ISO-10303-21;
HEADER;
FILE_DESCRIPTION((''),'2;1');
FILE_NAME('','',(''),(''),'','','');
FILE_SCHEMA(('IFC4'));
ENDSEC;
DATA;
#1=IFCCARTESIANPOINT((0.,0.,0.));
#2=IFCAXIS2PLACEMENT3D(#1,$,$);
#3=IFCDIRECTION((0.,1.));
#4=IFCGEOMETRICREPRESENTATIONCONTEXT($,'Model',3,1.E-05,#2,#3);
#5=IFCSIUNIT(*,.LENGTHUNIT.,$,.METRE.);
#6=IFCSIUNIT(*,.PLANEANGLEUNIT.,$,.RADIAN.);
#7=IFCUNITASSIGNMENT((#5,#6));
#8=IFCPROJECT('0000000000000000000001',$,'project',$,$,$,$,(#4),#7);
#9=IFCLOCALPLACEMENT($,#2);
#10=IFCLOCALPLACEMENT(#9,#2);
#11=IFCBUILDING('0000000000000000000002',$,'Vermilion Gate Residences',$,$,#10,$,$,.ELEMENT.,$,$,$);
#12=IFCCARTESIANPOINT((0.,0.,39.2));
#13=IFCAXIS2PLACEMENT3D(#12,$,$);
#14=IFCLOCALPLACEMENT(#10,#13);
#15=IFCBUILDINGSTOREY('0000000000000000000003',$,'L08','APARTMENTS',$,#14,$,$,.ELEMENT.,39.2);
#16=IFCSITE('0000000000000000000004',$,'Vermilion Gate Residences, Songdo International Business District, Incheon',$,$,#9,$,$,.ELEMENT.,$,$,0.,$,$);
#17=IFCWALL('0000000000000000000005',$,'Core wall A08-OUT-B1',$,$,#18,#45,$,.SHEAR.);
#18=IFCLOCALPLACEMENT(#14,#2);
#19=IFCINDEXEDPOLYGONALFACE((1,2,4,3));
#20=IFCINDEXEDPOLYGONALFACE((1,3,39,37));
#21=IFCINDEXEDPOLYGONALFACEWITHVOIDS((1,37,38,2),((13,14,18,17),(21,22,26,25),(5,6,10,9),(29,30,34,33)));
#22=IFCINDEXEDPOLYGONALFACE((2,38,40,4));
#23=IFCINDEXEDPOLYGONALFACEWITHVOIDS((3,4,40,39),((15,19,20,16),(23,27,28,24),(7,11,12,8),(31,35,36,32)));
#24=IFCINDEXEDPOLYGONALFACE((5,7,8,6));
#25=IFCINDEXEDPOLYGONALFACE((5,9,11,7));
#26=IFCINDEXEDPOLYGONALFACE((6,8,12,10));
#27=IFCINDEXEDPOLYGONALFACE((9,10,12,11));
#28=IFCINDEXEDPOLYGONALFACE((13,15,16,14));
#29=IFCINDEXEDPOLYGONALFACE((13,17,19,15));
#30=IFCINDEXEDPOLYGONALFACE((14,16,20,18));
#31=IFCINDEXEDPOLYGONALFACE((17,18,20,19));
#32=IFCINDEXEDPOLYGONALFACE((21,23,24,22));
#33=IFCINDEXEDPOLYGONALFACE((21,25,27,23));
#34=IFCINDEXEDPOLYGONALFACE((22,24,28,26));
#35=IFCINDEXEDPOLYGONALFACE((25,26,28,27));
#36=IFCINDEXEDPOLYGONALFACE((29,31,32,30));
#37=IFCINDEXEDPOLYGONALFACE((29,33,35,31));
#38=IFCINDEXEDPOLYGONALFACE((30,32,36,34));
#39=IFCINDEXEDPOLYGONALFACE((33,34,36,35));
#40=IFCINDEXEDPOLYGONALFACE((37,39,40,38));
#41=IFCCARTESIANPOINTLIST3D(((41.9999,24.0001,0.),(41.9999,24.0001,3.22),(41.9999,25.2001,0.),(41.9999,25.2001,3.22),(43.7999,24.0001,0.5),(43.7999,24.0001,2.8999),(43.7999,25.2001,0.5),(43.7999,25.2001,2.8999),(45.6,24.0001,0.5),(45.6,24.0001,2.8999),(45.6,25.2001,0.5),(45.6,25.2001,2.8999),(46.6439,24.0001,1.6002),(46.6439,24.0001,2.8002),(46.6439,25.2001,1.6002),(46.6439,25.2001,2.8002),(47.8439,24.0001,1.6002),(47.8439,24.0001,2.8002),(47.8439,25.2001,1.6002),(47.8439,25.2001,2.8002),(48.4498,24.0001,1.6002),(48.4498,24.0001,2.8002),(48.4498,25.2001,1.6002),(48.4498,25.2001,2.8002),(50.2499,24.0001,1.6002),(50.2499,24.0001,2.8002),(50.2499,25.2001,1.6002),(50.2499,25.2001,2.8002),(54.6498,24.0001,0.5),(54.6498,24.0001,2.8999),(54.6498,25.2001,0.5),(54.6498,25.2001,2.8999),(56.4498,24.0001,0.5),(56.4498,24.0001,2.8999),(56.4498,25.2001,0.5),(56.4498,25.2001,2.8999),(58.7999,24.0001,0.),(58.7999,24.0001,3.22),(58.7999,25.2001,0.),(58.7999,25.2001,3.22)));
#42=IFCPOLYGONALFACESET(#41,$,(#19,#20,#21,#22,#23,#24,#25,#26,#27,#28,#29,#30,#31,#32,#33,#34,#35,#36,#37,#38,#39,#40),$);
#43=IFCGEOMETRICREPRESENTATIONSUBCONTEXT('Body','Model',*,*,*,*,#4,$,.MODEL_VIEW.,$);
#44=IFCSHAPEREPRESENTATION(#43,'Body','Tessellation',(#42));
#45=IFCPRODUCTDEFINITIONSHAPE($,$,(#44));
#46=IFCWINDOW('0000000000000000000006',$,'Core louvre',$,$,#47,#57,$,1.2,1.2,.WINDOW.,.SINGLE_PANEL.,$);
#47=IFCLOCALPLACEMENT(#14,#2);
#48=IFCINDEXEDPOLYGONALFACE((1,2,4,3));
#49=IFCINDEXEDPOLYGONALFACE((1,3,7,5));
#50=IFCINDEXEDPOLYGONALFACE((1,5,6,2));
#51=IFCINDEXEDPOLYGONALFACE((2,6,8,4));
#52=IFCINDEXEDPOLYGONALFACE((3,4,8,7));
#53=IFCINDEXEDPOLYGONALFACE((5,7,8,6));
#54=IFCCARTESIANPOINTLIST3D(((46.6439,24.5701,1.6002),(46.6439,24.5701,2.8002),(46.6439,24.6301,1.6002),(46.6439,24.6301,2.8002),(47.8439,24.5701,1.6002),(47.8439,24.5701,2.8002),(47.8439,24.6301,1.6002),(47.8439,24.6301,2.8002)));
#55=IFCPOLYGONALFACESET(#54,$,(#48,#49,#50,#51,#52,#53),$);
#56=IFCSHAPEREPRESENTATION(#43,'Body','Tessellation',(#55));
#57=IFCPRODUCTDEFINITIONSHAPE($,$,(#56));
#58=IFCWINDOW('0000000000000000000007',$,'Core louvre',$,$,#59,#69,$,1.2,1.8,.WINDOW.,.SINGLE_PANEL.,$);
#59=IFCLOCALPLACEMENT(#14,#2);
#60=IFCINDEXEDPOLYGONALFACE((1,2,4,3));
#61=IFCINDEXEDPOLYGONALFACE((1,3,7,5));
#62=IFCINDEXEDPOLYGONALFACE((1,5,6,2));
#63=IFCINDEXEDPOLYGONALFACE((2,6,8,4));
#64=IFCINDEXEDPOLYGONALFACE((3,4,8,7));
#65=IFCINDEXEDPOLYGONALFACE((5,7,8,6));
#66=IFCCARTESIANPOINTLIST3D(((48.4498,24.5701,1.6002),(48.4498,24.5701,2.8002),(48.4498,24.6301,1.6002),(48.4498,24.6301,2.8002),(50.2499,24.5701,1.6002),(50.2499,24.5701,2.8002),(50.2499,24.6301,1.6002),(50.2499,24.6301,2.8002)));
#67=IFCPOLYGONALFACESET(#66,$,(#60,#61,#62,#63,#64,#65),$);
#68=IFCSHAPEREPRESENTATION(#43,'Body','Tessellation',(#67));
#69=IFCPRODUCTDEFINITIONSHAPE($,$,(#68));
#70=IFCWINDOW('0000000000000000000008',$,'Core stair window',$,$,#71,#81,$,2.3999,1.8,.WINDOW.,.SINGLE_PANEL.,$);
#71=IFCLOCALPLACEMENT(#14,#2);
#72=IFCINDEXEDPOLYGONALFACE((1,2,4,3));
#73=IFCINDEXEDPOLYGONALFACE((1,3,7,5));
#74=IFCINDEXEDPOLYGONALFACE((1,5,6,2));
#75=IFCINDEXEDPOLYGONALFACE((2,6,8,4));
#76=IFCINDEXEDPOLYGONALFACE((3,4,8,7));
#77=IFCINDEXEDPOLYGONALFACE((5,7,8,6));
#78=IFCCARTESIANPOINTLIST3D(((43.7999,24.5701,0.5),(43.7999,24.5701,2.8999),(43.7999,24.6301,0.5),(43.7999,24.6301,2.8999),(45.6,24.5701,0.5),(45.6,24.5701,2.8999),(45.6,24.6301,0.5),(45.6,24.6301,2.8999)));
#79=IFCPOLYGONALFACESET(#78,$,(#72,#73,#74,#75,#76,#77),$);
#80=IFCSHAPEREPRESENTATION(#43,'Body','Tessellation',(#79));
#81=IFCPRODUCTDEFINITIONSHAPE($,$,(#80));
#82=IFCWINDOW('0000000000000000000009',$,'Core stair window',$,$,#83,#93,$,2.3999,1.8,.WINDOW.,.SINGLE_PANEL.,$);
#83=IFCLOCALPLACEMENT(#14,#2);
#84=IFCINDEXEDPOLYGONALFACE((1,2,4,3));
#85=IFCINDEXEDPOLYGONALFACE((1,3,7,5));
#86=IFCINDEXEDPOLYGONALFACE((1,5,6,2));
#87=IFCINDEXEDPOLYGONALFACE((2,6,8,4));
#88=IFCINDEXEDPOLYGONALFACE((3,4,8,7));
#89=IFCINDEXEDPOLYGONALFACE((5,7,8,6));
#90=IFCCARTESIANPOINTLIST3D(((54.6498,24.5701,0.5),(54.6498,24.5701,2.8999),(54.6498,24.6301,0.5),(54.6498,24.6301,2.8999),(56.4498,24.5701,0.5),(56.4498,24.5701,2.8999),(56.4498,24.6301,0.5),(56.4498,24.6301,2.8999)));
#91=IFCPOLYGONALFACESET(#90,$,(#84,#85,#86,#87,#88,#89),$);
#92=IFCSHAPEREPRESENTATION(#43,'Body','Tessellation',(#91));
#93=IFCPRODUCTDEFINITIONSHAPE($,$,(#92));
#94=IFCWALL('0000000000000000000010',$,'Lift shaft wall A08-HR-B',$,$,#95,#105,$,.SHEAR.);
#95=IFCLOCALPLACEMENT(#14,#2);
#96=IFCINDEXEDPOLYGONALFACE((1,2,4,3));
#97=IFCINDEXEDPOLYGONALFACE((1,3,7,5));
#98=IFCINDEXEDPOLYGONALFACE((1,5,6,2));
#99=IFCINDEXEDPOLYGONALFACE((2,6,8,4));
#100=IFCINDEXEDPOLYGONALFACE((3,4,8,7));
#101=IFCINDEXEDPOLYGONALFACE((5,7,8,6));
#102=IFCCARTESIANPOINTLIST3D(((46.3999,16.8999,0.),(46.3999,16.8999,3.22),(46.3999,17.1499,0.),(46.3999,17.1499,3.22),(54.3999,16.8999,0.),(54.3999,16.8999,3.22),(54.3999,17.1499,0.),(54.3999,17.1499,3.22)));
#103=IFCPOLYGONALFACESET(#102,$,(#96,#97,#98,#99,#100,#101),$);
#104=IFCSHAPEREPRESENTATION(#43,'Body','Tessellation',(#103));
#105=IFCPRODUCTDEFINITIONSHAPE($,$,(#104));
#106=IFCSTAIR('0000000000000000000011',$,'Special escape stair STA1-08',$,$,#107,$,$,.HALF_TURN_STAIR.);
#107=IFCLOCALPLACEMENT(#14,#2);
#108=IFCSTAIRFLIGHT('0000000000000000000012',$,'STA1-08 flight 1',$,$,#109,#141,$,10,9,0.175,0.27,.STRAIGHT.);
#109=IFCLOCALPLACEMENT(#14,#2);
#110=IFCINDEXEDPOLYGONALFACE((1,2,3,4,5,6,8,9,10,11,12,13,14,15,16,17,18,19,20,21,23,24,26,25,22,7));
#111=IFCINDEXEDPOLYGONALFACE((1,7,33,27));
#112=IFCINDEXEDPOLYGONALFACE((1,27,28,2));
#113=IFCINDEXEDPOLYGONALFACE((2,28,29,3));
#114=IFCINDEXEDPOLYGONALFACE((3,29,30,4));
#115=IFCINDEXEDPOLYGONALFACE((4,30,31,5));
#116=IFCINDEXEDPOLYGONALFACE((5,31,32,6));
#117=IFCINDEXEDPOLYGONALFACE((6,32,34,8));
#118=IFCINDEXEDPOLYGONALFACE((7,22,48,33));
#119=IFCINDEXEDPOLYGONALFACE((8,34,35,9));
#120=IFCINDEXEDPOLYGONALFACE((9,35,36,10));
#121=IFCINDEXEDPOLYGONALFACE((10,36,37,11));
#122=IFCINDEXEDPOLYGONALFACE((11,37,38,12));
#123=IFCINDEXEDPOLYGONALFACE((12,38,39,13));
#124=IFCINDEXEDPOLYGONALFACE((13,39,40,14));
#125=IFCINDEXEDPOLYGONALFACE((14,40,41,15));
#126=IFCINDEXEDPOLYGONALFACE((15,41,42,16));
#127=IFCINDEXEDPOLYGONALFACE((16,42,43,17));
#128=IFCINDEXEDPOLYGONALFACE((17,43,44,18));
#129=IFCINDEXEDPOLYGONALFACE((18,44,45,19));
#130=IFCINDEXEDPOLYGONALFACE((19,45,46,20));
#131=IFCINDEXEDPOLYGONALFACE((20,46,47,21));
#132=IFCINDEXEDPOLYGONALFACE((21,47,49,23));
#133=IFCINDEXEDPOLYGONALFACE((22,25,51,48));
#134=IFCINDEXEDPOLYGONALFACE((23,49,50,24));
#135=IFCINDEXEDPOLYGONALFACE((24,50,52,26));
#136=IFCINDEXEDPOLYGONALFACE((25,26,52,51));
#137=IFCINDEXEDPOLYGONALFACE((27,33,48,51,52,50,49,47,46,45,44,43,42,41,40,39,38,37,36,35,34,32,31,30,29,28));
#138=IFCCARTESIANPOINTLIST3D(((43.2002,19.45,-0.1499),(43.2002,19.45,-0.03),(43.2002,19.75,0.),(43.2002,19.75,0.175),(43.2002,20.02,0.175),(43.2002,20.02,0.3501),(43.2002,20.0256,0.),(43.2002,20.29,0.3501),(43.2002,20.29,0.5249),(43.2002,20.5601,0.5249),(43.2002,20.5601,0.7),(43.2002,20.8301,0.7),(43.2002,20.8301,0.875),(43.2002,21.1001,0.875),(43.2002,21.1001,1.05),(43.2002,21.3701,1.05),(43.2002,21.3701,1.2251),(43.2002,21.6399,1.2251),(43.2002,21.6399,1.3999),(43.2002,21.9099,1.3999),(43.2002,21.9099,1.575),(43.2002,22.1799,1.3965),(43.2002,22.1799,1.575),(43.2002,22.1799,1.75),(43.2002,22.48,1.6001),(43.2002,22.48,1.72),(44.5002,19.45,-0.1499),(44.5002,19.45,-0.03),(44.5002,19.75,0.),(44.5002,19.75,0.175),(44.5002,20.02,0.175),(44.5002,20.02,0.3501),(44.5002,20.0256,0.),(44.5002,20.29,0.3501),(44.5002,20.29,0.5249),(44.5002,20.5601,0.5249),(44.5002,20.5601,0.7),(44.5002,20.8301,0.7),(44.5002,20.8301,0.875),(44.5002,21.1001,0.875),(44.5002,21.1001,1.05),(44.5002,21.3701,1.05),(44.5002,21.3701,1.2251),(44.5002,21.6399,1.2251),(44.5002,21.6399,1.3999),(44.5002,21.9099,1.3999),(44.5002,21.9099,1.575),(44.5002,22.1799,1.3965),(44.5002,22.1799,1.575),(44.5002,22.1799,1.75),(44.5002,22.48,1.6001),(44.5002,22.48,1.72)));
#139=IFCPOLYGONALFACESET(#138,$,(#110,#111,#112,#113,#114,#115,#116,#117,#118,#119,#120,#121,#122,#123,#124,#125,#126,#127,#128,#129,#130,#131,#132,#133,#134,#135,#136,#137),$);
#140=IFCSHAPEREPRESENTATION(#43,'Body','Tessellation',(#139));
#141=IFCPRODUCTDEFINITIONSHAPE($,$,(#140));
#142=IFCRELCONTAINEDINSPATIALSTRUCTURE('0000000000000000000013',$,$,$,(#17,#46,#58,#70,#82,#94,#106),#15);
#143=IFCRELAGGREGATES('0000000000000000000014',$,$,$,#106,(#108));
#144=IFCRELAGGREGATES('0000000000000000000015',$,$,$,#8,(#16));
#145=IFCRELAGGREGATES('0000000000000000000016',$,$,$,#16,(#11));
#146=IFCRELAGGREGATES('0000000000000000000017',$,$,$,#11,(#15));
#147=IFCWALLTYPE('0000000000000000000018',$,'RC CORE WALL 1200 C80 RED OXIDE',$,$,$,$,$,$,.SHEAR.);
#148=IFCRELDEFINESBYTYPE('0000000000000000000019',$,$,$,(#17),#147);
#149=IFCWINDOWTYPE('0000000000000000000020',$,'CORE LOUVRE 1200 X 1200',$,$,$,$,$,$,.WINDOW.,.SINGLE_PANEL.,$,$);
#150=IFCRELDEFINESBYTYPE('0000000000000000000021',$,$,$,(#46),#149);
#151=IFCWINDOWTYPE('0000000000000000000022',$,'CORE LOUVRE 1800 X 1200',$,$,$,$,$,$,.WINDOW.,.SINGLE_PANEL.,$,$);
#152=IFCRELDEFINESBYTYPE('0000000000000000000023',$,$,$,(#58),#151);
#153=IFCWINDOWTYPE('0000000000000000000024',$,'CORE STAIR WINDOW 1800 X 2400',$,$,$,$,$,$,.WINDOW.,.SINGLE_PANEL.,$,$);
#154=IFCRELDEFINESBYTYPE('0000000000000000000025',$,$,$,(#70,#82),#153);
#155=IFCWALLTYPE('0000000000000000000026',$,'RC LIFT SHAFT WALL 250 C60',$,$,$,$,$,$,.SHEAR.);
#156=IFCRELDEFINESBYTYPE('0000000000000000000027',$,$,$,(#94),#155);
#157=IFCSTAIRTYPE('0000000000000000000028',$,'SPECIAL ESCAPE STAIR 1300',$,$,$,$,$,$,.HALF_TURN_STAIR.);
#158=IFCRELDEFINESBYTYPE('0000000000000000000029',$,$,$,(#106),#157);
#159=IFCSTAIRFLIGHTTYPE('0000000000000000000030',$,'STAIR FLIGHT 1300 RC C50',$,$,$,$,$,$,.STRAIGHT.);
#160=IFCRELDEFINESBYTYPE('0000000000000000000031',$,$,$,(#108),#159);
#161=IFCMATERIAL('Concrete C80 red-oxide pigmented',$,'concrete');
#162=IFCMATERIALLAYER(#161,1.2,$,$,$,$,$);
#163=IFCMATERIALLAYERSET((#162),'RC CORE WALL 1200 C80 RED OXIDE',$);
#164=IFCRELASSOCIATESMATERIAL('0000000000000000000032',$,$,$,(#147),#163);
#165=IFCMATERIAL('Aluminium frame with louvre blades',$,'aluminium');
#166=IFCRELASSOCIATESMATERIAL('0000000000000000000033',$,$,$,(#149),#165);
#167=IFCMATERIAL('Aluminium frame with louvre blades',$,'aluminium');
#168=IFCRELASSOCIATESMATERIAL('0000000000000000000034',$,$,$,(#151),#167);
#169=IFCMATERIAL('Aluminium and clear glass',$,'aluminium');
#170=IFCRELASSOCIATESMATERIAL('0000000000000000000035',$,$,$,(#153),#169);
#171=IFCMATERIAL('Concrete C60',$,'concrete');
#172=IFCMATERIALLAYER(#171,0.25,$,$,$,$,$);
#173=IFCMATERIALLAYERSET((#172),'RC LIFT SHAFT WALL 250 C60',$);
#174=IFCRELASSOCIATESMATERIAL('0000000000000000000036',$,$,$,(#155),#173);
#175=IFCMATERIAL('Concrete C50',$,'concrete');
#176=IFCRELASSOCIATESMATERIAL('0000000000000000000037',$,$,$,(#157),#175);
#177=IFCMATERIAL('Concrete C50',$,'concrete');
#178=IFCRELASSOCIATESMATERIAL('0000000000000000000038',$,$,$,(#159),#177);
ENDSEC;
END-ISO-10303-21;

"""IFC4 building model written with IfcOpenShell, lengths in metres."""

from ifc_helpers import new_model, si_unit, direction, frame, frame_2d, origin, place, context, subcontext, project, spatial, polyline, rectangle, outline, extrude, material, layer, layer_set, type_object, element, fill, aggregate, save


model = new_model("IFC4")

# Units and contexts
model_context = context("Model", 3, precision=1e-05, world=origin(), true_north=direction((0.0, 1.0)))
body_context = subcontext(model_context, "Body", "Model", "MODEL_VIEW")
ifc_project = project(units=[si_unit("LENGTHUNIT", "METRE"), si_unit("PLANEANGLEUNIT", "RADIAN")], contexts=[model_context])

# Site, building, storey
site_placement = place(None, origin())
site = spatial("IfcSite", under=ifc_project, at=site_placement, Name="Vermilion Gate Residences, Songdo International Business District, Incheon", CompositionType="ELEMENT", RefElevation=0.0)
building_placement = place(site_placement, origin())
building = spatial("IfcBuilding", under=site, at=building_placement, Name="Vermilion Gate Residences", CompositionType="ELEMENT")
storey_placement = place(building_placement, frame((0.0, 0.0, 39.2)))
storey = spatial("IfcBuildingStorey", under=building, at=storey_placement, Name="L08", Description="APARTMENTS", CompositionType="ELEMENT", Elevation=39.2)

# Wall, openings, windows
ifc_material_1 = material(Name="Concrete C80 red-oxide pigmented", Category="concrete")
ifc_layer_1 = layer(ifc_material_1, 1.2)
ifc_layer_set_1 = layer_set([ifc_layer_1], Name="RC CORE WALL 1200 C80 RED OXIDE")
wall_type_1 = type_object("IfcWallType", Name="RC CORE WALL 1200 C80 RED OXIDE", PredefinedType="SHEAR", material=ifc_layer_set_1)
wall_1_placement = place(storey_placement, frame((42.0, 24.6001, 0.0), z_axis=(0.0, 0.0, 1.0), x_axis=(1.0, 0.0, 0.0)))
wall_1 = element("IfcWall", 1, at=wall_1_placement, inside=storey, type_object=wall_type_1, Name="Core wall A08-OUT-B1", PredefinedType="SHEAR", context=body_context, shape_type="SweptSolid", body=[
    extrude(rectangle(XDim=16.8, YDim=1.2, at=frame_2d((8.3999, 0.0))), origin(), (0.0, 0.0, 1.0), 3.22),
])
opening_1_placement = place(wall_1_placement, frame((1.8, 0.0, 0.5)))
opening_1 = element("IfcOpeningElement", 2, at=opening_1_placement, cuts=wall_1, PredefinedType="OPENING", context=body_context, shape_type="SweptSolid", body=[
    extrude(rectangle(XDim=1.8, YDim=2.3999, at=frame_2d((0.8999, 1.2))), frame((0.0, 0.6099, 0.0), z_axis=(0.0, -1.0, 0.0), x_axis=(1.0, 0.0, 0.0)), (0.0, 0.0, 1.0), 1.22),
])
opening_2_placement = place(wall_1_placement, frame((4.6438, 0.0, 1.6001)))
opening_2 = element("IfcOpeningElement", 3, at=opening_2_placement, cuts=wall_1, PredefinedType="OPENING", context=body_context, shape_type="SweptSolid", body=[
    extrude(rectangle(XDim=1.2, YDim=1.2, at=frame_2d((0.6001, 0.6001))), frame((0.0, 0.6099, 0.0), z_axis=(0.0, -1.0, 0.0), x_axis=(1.0, 0.0, 0.0)), (0.0, 0.0, 1.0), 1.22),
])
opening_3_placement = place(wall_1_placement, frame((6.45, 0.0, 1.6001)))
opening_3 = element("IfcOpeningElement", 4, at=opening_3_placement, cuts=wall_1, PredefinedType="OPENING", context=body_context, shape_type="SweptSolid", body=[
    extrude(rectangle(XDim=1.8, YDim=1.2, at=frame_2d((0.8999, 0.6001))), frame((0.0, 0.6099, 0.0), z_axis=(0.0, -1.0, 0.0), x_axis=(1.0, 0.0, 0.0)), (0.0, 0.0, 1.0), 1.22),
])
opening_4_placement = place(wall_1_placement, frame((12.6499, 0.0, 0.5)))
opening_4 = element("IfcOpeningElement", 5, at=opening_4_placement, cuts=wall_1, PredefinedType="OPENING", context=body_context, shape_type="SweptSolid", body=[
    extrude(rectangle(XDim=1.8, YDim=2.3999, at=frame_2d((0.8999, 1.2))), frame((0.0, 0.6099, 0.0), z_axis=(0.0, -1.0, 0.0), x_axis=(1.0, 0.0, 0.0)), (0.0, 0.0, 1.0), 1.22),
])
ifc_material_2 = material(Name="Aluminium frame with louvre blades", Category="aluminium")
window_type_1 = type_object("IfcWindowType", Name="CORE LOUVRE 1200 X 1200", PartitioningType="SINGLE_PANEL", PredefinedType="WINDOW", material=ifc_material_2)
window_1_placement = place(opening_2_placement, origin())
window_1 = element("IfcWindow", 6, at=window_1_placement, inside=storey, type_object=window_type_1, Name="Core louvre", OverallHeight=1.2, OverallWidth=1.2, PartitioningType="SINGLE_PANEL", PredefinedType="WINDOW", context=body_context, shape_type="SweptSolid", body=[
    extrude(rectangle(XDim=1.2, YDim=1.2, at=frame_2d((0.6001, 0.6001))), frame((0.0, 0.03, 0.0), z_axis=(0.0, -1.0, 0.0), x_axis=(1.0, 0.0, 0.0)), (0.0, 0.0, 1.0), 0.0601),
])
fill(opening_2, window_1)
ifc_material_3 = material(Name="Aluminium frame with louvre blades", Category="aluminium")
window_type_2 = type_object("IfcWindowType", Name="CORE LOUVRE 1800 X 1200", PartitioningType="SINGLE_PANEL", PredefinedType="WINDOW", material=ifc_material_3)
window_2_placement = place(opening_3_placement, origin())
window_2 = element("IfcWindow", 7, at=window_2_placement, inside=storey, type_object=window_type_2, Name="Core louvre", OverallHeight=1.2, OverallWidth=1.8, PartitioningType="SINGLE_PANEL", PredefinedType="WINDOW", context=body_context, shape_type="SweptSolid", body=[
    extrude(rectangle(XDim=1.8, YDim=1.2, at=frame_2d((0.8999, 0.6001))), frame((0.0, 0.03, 0.0), z_axis=(0.0, -1.0, 0.0), x_axis=(1.0, 0.0, 0.0)), (0.0, 0.0, 1.0), 0.0601),
])
fill(opening_3, window_2)
ifc_material_4 = material(Name="Aluminium and clear glass", Category="aluminium")
window_type_3 = type_object("IfcWindowType", Name="CORE STAIR WINDOW 1800 X 2400", PartitioningType="SINGLE_PANEL", PredefinedType="WINDOW", material=ifc_material_4)
window_3_placement = place(opening_1_placement, origin())
window_3 = element("IfcWindow", 8, at=window_3_placement, inside=storey, type_object=window_type_3, Name="Core stair window", OverallHeight=2.3999, OverallWidth=1.8, PartitioningType="SINGLE_PANEL", PredefinedType="WINDOW", context=body_context, shape_type="SweptSolid", body=[
    extrude(rectangle(XDim=1.8, YDim=2.3999, at=frame_2d((0.8999, 1.2))), frame((0.0, 0.03, 0.0), z_axis=(0.0, -1.0, 0.0), x_axis=(1.0, 0.0, 0.0)), (0.0, 0.0, 1.0), 0.0601),
])
fill(opening_1, window_3)
window_4_placement = place(opening_4_placement, origin())
window_4 = element("IfcWindow", 9, at=window_4_placement, inside=storey, type_object=window_type_3, Name="Core stair window", OverallHeight=2.3999, OverallWidth=1.8, PartitioningType="SINGLE_PANEL", PredefinedType="WINDOW", context=body_context, shape_type="SweptSolid", body=[
    extrude(rectangle(XDim=1.8, YDim=2.3999, at=frame_2d((0.8999, 1.2))), frame((0.0, 0.03, 0.0), z_axis=(0.0, -1.0, 0.0), x_axis=(1.0, 0.0, 0.0)), (0.0, 0.0, 1.0), 0.0601),
])
fill(opening_4, window_4)

# Wall
ifc_material_5 = material(Name="Concrete C60", Category="concrete")
ifc_layer_2 = layer(ifc_material_5, 0.25)
ifc_layer_set_2 = layer_set([ifc_layer_2], Name="RC LIFT SHAFT WALL 250 C60")
wall_type_2 = type_object("IfcWallType", Name="RC LIFT SHAFT WALL 250 C60", PredefinedType="SHEAR", material=ifc_layer_set_2)
wall_2_placement = place(storey_placement, frame((46.3999, 17.0249, 0.0), z_axis=(0.0, 0.0, 1.0), x_axis=(1.0, 0.0, 0.0)))
element("IfcWall", 10, at=wall_2_placement, inside=storey, type_object=wall_type_2, Name="Lift shaft wall A08-HR-B", PredefinedType="SHEAR", context=body_context, shape_type="SweptSolid", body=[
    extrude(rectangle(XDim=8.0, YDim=0.25, at=frame_2d((4.0, 0.0))), origin(), (0.0, 0.0, 1.0), 3.22),
])

# Stair, stair flight
ifc_material_6 = material(Name="Concrete C50", Category="concrete")
stair_type = type_object("IfcStairType", Name="SPECIAL ESCAPE STAIR 1300", PredefinedType="HALF_TURN_STAIR", material=ifc_material_6)
stair_placement = place(storey_placement, origin())
stair = element("IfcStair", 11, at=stair_placement, inside=storey, type_object=stair_type, Name="Special escape stair STA1-08", PredefinedType="HALF_TURN_STAIR")
ifc_material_7 = material(Name="Concrete C50", Category="concrete")
stair_flight_type = type_object("IfcStairFlightType", Name="STAIR FLIGHT 1300 RC C50", PredefinedType="STRAIGHT", material=ifc_material_7)
stair_flight_1_placement = place(storey_placement, frame((43.8501, 19.75, 0.0), z_axis=(0.0, 0.0, 1.0), x_axis=(0.0, 1.0, 0.0)))
stair_flight_1 = element("IfcStairFlight", 12, at=stair_flight_1_placement, type_object=stair_flight_type, Name="STA1-08 flight 1", NumberOfRisers=10, NumberOfTreads=9, PredefinedType="STRAIGHT", RiserHeight=0.175, TreadLength=0.27, context=body_context, shape_type="SweptSolid", body=[
    extrude(outline(polyline([(-0.3, -0.1499), (-0.3, -0.03), (0.0, 0.0), (0.0, 0.175), (0.27, 0.175), (0.27, 0.3501), (0.54, 0.3501), (0.54, 0.5249), (0.8101, 0.5249), (0.8101, 0.7), (1.0801, 0.7), (1.0801, 0.875), (1.3501, 0.875), (1.3501, 1.05), (1.6201, 1.05), (1.6201, 1.2251), (1.8899, 1.2251), (1.8899, 1.3999), (2.1599, 1.3999), (2.1599, 1.575), (2.4299, 1.575), (2.4299, 1.75), (2.73, 1.72), (2.73, 1.6001), (2.4299, 1.3965), (0.2756, 0.0), (-0.3, -0.1499)])), frame((0.0, 0.6499, 0.0), z_axis=(0.0, -1.0, 0.0), x_axis=(1.0, 0.0, 0.0)), (0.0, 0.0, 1.0), 1.3),
])
aggregate(stair, [stair_flight_1])

save(model, "model.ifc")
